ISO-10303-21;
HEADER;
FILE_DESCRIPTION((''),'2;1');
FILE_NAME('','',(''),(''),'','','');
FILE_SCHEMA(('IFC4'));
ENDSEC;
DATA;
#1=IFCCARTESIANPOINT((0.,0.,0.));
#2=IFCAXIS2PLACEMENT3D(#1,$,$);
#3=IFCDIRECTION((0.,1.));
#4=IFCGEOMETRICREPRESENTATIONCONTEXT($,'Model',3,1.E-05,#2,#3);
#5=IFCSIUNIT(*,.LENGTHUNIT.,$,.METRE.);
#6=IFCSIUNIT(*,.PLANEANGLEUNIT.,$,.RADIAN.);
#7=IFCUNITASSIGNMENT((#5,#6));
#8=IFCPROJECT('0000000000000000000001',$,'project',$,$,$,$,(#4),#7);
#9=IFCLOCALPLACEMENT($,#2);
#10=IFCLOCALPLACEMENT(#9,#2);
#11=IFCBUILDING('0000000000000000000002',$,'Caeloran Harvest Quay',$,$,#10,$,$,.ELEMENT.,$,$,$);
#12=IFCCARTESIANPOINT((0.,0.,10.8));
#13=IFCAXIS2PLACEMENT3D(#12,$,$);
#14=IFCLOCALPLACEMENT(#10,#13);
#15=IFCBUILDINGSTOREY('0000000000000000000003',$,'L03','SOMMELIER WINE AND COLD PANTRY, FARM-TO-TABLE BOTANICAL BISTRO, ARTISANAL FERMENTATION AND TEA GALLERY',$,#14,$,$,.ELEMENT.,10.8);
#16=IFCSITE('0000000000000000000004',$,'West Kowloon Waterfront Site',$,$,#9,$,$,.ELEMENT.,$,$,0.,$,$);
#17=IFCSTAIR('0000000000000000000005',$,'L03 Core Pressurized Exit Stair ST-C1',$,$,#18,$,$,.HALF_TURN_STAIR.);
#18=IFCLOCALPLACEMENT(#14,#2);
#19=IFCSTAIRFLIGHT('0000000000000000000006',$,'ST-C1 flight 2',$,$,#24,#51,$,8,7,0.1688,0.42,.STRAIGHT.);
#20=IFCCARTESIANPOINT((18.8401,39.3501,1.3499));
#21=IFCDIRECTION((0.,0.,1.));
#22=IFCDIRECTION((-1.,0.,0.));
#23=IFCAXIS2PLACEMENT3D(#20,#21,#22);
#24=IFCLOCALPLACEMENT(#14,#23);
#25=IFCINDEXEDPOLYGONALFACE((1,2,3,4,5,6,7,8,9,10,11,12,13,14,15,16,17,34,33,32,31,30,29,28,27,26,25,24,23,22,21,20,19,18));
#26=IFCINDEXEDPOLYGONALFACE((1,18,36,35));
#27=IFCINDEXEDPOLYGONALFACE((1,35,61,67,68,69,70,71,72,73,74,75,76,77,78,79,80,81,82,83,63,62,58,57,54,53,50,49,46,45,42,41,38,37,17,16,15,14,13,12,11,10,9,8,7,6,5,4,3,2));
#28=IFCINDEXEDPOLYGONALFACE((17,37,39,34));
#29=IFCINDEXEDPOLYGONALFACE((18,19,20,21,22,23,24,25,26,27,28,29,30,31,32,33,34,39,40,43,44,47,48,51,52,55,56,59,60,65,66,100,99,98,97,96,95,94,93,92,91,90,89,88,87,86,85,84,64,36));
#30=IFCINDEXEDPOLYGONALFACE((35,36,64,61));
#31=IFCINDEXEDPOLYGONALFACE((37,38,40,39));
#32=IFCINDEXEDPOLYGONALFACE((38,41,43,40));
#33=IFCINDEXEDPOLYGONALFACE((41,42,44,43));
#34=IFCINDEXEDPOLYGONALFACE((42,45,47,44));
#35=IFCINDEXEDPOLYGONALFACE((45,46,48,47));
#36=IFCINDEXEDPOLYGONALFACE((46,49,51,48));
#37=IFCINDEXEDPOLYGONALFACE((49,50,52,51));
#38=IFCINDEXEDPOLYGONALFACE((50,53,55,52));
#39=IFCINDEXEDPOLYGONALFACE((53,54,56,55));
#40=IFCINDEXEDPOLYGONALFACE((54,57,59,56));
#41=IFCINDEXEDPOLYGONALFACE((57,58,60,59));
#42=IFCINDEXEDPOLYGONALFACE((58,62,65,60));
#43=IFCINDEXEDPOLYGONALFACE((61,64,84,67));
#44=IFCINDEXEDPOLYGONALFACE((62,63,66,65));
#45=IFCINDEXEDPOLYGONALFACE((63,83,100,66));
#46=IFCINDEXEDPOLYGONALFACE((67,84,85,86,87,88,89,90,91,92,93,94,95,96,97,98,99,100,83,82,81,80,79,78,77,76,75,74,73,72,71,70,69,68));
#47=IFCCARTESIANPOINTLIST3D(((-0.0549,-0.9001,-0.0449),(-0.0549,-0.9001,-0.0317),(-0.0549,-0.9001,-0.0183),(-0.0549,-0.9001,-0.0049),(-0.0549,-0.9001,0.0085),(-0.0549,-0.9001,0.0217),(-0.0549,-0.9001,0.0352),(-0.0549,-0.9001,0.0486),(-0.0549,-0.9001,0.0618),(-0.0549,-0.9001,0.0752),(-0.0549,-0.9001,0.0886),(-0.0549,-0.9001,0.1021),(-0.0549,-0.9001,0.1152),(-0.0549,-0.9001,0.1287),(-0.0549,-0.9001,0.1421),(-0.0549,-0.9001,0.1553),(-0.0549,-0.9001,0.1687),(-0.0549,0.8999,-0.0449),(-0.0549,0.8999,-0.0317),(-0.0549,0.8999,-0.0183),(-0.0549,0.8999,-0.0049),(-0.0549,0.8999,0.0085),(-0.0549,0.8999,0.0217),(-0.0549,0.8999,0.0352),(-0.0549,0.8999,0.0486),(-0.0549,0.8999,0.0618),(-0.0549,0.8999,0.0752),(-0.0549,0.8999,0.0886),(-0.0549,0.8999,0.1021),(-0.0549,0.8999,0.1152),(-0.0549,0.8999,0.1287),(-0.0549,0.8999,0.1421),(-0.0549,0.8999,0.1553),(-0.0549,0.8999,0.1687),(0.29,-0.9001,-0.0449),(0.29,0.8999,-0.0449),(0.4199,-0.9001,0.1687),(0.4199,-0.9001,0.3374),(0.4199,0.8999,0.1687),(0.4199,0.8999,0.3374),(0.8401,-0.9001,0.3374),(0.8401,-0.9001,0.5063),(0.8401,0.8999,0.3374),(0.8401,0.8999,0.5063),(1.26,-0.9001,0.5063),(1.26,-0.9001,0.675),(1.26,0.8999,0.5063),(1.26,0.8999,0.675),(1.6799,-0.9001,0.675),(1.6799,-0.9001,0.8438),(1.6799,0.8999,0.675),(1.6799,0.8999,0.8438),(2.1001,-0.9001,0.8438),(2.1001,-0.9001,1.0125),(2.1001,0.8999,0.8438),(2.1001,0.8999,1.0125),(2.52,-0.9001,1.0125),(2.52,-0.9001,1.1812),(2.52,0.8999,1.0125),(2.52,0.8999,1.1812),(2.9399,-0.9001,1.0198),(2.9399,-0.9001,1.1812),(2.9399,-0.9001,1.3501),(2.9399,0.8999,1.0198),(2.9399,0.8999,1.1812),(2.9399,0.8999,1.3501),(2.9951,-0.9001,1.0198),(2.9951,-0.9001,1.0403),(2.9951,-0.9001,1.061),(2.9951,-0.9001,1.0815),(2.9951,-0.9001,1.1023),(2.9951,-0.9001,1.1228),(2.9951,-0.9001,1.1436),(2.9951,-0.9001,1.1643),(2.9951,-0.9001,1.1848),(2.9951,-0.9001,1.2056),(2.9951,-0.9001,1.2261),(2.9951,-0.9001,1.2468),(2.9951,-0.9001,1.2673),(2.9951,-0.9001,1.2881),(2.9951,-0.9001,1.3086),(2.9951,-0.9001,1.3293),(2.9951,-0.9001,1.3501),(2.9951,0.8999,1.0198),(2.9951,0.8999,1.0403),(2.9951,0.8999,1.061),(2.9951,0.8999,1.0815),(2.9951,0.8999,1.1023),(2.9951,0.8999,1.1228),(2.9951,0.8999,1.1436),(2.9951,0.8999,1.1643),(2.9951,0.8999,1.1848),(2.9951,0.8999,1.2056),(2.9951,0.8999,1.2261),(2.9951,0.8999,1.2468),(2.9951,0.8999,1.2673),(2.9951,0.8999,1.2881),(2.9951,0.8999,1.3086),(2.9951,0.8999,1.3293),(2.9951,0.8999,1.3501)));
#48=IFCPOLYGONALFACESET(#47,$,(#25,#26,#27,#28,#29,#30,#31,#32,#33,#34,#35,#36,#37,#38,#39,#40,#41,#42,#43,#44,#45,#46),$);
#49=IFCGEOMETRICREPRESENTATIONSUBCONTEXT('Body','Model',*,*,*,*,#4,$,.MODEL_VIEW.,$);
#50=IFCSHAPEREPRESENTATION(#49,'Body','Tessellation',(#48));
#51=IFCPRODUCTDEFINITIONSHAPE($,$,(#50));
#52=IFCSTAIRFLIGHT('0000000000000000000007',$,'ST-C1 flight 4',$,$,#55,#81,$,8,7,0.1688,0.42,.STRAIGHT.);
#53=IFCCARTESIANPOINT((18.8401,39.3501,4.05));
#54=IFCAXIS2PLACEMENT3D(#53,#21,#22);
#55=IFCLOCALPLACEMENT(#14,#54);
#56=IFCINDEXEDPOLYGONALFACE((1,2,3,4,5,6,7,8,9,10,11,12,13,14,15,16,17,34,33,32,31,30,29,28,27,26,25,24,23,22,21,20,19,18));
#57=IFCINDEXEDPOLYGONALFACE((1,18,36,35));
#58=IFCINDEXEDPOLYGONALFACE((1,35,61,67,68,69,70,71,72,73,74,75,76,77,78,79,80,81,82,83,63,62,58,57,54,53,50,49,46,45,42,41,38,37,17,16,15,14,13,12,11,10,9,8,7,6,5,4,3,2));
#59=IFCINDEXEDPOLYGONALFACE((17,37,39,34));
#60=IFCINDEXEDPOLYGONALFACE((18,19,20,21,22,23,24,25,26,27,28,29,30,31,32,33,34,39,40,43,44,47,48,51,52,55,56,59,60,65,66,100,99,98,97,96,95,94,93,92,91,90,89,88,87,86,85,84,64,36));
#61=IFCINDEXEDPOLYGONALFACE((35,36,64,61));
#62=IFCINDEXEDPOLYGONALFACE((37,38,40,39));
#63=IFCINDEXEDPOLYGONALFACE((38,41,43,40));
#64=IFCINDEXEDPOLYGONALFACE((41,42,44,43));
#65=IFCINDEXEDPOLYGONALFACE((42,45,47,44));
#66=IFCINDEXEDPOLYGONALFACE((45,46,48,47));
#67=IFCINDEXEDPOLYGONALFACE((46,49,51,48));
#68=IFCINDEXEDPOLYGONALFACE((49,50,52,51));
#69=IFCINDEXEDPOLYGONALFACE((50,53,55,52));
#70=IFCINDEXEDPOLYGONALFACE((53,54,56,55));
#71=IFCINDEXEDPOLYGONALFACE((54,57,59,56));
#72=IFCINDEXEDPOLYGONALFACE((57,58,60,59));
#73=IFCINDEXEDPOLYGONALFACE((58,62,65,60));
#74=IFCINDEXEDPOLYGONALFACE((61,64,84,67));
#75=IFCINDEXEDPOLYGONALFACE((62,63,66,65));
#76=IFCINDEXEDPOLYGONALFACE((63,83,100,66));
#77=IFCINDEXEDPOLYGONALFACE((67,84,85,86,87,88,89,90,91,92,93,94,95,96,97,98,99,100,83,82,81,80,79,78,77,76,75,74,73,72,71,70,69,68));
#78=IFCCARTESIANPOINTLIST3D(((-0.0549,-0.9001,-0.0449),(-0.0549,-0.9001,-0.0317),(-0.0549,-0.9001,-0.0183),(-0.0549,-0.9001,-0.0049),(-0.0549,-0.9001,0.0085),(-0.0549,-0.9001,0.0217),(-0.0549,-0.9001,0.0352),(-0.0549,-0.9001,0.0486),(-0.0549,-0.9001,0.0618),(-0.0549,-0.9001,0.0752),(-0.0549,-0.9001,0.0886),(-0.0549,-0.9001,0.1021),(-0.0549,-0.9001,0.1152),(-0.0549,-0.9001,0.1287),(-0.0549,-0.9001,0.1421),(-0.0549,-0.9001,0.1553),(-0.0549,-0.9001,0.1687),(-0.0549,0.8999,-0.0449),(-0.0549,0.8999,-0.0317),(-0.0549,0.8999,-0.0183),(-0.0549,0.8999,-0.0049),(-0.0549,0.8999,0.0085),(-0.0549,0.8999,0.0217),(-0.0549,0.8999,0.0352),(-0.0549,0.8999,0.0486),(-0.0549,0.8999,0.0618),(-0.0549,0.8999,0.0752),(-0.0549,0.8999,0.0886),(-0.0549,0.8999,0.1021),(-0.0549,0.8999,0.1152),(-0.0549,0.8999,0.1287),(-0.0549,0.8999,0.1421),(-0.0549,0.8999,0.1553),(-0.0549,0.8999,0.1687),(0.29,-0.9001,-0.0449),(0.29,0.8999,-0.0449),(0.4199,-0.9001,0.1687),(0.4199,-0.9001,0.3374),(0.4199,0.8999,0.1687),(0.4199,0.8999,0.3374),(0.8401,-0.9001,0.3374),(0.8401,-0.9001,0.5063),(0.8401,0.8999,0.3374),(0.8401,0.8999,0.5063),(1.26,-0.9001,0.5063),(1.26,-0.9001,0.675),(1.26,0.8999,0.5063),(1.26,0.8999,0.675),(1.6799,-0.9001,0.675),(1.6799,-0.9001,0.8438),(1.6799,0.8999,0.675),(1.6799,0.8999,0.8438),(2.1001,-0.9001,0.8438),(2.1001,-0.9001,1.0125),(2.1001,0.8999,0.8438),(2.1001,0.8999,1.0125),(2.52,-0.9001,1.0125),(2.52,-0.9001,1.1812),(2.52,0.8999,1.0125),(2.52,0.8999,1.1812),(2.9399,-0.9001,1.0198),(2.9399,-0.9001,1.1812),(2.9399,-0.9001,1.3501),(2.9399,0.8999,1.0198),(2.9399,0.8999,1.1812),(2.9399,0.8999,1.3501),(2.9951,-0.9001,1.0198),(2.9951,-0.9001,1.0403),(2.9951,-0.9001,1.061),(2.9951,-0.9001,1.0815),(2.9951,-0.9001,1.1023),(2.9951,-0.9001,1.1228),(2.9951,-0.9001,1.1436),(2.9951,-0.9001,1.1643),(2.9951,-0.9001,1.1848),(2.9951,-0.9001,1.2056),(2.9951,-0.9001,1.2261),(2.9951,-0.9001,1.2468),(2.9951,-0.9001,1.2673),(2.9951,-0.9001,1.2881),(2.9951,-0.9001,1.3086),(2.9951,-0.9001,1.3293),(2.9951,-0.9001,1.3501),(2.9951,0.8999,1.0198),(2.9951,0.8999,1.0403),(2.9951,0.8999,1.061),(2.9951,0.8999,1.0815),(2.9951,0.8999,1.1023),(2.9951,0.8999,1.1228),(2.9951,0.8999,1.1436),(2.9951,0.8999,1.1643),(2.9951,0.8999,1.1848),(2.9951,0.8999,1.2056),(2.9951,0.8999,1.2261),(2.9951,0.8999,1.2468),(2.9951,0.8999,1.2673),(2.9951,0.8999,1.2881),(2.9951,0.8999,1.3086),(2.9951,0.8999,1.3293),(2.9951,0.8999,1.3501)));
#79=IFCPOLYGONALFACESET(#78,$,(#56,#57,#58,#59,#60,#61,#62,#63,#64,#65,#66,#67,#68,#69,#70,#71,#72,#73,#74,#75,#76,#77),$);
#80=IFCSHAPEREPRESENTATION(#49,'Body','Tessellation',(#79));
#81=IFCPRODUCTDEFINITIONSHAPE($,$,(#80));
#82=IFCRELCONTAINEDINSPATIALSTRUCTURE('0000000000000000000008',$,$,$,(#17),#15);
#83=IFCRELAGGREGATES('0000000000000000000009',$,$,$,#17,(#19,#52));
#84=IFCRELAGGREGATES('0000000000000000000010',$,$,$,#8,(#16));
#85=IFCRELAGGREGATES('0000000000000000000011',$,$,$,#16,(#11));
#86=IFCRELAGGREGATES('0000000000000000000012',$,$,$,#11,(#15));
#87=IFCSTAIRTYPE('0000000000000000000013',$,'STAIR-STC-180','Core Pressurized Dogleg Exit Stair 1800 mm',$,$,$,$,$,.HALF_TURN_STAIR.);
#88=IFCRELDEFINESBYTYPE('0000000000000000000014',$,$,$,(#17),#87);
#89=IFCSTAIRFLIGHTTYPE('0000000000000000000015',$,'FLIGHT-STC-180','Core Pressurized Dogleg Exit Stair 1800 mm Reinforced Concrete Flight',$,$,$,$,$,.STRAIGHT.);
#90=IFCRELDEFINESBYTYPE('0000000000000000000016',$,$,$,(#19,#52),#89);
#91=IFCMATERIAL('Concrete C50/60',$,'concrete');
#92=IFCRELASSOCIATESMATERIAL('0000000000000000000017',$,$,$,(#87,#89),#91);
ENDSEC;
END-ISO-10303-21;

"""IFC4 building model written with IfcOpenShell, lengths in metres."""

from ifc_helpers import new_model, si_unit, direction, frame, origin, place, context, subcontext, project, spatial, polyline, outline, extrude, material, type_object, element, aggregate, save


model = new_model("IFC4")

# Units and contexts
model_context = context("Model", 3, precision=1e-05, world=origin(), true_north=direction((0.0, 1.0)))
body_context = subcontext(model_context, "Body", "Model", "MODEL_VIEW")
ifc_project = project(units=[si_unit("LENGTHUNIT", "METRE"), si_unit("PLANEANGLEUNIT", "RADIAN")], contexts=[model_context])

# Site, building, storey
site_placement = place(None, origin())
site = spatial("IfcSite", under=ifc_project, at=site_placement, Name="West Kowloon Waterfront Site", CompositionType="ELEMENT", RefElevation=0.0)
building_placement = place(site_placement, origin())
building = spatial("IfcBuilding", under=site, at=building_placement, Name="Caeloran Harvest Quay", CompositionType="ELEMENT")
storey_placement = place(building_placement, frame((0.0, 0.0, 10.8)))
storey = spatial("IfcBuildingStorey", under=building, at=storey_placement, Name="L03", Description="SOMMELIER WINE AND COLD PANTRY, FARM-TO-TABLE BOTANICAL BISTRO, ARTISANAL FERMENTATION AND TEA GALLERY", CompositionType="ELEMENT", Elevation=10.8)

# Shared definitions
ifc_material_1 = material(Name="Concrete C50/60", Category="concrete")

# Stair, stair flights
stair_type = type_object("IfcStairType", Name="STAIR-STC-180", Description="Core Pressurized Dogleg Exit Stair 1800 mm", PredefinedType="HALF_TURN_STAIR", material=ifc_material_1)
stair_placement = place(storey_placement, origin())
stair = element("IfcStair", 1, at=stair_placement, inside=storey, type_object=stair_type, Name="L03 Core Pressurized Exit Stair ST-C1", PredefinedType="HALF_TURN_STAIR")
stair_flight_type = type_object("IfcStairFlightType", Name="FLIGHT-STC-180", Description="Core Pressurized Dogleg Exit Stair 1800 mm Reinforced Concrete Flight", PredefinedType="STRAIGHT", material=ifc_material_1)
stair_flight_1_placement = place(storey_placement, frame((18.8401, 39.3501, 1.3499), z_axis=(0.0, 0.0, 1.0), x_axis=(-1.0, 0.0, 0.0)))
stair_flight_1 = element("IfcStairFlight", 2, at=stair_flight_1_placement, type_object=stair_flight_type, Name="ST-C1 flight 2", NumberOfRisers=8, NumberOfTreads=7, PredefinedType="STRAIGHT", RiserHeight=0.1688, TreadLength=0.42, context=body_context, shape_type="SweptSolid", body=[
    extrude(outline(polyline([(-0.0549, -0.0449), (-0.0549, -0.0317), (-0.0549, -0.0183), (-0.0549, -0.0049), (-0.0549, 0.0085), (-0.0549, 0.0217), (-0.0549, 0.0352), (-0.0549, 0.0486), (-0.0549, 0.0618), (-0.0549, 0.0752), (-0.0549, 0.0886), (-0.0549, 0.1021), (-0.0549, 0.1152), (-0.0549, 0.1287), (-0.0549, 0.1421), (-0.0549, 0.1553), (-0.0549, 0.1687), (0.4199, 0.1687), (0.4199, 0.3374), (0.8401, 0.3374), (0.8401, 0.5063), (1.26, 0.5063), (1.26, 0.675), (1.6799, 0.675), (1.6799, 0.8438), (2.1001, 0.8438), (2.1001, 1.0125), (2.52, 1.0125), (2.52, 1.1812), (2.9399, 1.1812), (2.9399, 1.3501), (2.9951, 1.3501), (2.9951, 1.3293), (2.9951, 1.3086), (2.9951, 1.2881), (2.9951, 1.2673), (2.9951, 1.2468), (2.9951, 1.2261), (2.9951, 1.2056), (2.9951, 1.1848), (2.9951, 1.1643), (2.9951, 1.1436), (2.9951, 1.1228), (2.9951, 1.1023), (2.9951, 1.0815), (2.9951, 1.061), (2.9951, 1.0403), (2.9951, 1.0198), (2.9399, 1.0198), (0.29, -0.0449), (-0.0549, -0.0449)])), frame((0.0, 0.8999, 0.0), z_axis=(0.0, -1.0, 0.0), x_axis=(1.0, 0.0, 0.0)), (0.0, 0.0, 1.0), 1.8),
])
stair_flight_2_placement = place(storey_placement, frame((18.8401, 39.3501, 4.05), z_axis=(0.0, 0.0, 1.0), x_axis=(-1.0, 0.0, 0.0)))
stair_flight_2 = element("IfcStairFlight", 3, at=stair_flight_2_placement, type_object=stair_flight_type, Name="ST-C1 flight 4", NumberOfRisers=8, NumberOfTreads=7, PredefinedType="STRAIGHT", RiserHeight=0.1688, TreadLength=0.42, context=body_context, shape_type="SweptSolid", body=[
    extrude(outline(polyline([(-0.0549, -0.0449), (-0.0549, -0.0317), (-0.0549, -0.0183), (-0.0549, -0.0049), (-0.0549, 0.0085), (-0.0549, 0.0217), (-0.0549, 0.0352), (-0.0549, 0.0486), (-0.0549, 0.0618), (-0.0549, 0.0752), (-0.0549, 0.0886), (-0.0549, 0.1021), (-0.0549, 0.1152), (-0.0549, 0.1287), (-0.0549, 0.1421), (-0.0549, 0.1553), (-0.0549, 0.1687), (0.4199, 0.1687), (0.4199, 0.3374), (0.8401, 0.3374), (0.8401, 0.5063), (1.26, 0.5063), (1.26, 0.675), (1.6799, 0.675), (1.6799, 0.8438), (2.1001, 0.8438), (2.1001, 1.0125), (2.52, 1.0125), (2.52, 1.1812), (2.9399, 1.1812), (2.9399, 1.3501), (2.9951, 1.3501), (2.9951, 1.3293), (2.9951, 1.3086), (2.9951, 1.2881), (2.9951, 1.2673), (2.9951, 1.2468), (2.9951, 1.2261), (2.9951, 1.2056), (2.9951, 1.1848), (2.9951, 1.1643), (2.9951, 1.1436), (2.9951, 1.1228), (2.9951, 1.1023), (2.9951, 1.0815), (2.9951, 1.061), (2.9951, 1.0403), (2.9951, 1.0198), (2.9399, 1.0198), (0.29, -0.0449), (-0.0549, -0.0449)])), frame((0.0, 0.8999, 0.0), z_axis=(0.0, -1.0, 0.0), x_axis=(1.0, 0.0, 0.0)), (0.0, 0.0, 1.0), 1.8),
])
aggregate(stair, [stair_flight_1, stair_flight_2])

save(model, "model.ifc")
